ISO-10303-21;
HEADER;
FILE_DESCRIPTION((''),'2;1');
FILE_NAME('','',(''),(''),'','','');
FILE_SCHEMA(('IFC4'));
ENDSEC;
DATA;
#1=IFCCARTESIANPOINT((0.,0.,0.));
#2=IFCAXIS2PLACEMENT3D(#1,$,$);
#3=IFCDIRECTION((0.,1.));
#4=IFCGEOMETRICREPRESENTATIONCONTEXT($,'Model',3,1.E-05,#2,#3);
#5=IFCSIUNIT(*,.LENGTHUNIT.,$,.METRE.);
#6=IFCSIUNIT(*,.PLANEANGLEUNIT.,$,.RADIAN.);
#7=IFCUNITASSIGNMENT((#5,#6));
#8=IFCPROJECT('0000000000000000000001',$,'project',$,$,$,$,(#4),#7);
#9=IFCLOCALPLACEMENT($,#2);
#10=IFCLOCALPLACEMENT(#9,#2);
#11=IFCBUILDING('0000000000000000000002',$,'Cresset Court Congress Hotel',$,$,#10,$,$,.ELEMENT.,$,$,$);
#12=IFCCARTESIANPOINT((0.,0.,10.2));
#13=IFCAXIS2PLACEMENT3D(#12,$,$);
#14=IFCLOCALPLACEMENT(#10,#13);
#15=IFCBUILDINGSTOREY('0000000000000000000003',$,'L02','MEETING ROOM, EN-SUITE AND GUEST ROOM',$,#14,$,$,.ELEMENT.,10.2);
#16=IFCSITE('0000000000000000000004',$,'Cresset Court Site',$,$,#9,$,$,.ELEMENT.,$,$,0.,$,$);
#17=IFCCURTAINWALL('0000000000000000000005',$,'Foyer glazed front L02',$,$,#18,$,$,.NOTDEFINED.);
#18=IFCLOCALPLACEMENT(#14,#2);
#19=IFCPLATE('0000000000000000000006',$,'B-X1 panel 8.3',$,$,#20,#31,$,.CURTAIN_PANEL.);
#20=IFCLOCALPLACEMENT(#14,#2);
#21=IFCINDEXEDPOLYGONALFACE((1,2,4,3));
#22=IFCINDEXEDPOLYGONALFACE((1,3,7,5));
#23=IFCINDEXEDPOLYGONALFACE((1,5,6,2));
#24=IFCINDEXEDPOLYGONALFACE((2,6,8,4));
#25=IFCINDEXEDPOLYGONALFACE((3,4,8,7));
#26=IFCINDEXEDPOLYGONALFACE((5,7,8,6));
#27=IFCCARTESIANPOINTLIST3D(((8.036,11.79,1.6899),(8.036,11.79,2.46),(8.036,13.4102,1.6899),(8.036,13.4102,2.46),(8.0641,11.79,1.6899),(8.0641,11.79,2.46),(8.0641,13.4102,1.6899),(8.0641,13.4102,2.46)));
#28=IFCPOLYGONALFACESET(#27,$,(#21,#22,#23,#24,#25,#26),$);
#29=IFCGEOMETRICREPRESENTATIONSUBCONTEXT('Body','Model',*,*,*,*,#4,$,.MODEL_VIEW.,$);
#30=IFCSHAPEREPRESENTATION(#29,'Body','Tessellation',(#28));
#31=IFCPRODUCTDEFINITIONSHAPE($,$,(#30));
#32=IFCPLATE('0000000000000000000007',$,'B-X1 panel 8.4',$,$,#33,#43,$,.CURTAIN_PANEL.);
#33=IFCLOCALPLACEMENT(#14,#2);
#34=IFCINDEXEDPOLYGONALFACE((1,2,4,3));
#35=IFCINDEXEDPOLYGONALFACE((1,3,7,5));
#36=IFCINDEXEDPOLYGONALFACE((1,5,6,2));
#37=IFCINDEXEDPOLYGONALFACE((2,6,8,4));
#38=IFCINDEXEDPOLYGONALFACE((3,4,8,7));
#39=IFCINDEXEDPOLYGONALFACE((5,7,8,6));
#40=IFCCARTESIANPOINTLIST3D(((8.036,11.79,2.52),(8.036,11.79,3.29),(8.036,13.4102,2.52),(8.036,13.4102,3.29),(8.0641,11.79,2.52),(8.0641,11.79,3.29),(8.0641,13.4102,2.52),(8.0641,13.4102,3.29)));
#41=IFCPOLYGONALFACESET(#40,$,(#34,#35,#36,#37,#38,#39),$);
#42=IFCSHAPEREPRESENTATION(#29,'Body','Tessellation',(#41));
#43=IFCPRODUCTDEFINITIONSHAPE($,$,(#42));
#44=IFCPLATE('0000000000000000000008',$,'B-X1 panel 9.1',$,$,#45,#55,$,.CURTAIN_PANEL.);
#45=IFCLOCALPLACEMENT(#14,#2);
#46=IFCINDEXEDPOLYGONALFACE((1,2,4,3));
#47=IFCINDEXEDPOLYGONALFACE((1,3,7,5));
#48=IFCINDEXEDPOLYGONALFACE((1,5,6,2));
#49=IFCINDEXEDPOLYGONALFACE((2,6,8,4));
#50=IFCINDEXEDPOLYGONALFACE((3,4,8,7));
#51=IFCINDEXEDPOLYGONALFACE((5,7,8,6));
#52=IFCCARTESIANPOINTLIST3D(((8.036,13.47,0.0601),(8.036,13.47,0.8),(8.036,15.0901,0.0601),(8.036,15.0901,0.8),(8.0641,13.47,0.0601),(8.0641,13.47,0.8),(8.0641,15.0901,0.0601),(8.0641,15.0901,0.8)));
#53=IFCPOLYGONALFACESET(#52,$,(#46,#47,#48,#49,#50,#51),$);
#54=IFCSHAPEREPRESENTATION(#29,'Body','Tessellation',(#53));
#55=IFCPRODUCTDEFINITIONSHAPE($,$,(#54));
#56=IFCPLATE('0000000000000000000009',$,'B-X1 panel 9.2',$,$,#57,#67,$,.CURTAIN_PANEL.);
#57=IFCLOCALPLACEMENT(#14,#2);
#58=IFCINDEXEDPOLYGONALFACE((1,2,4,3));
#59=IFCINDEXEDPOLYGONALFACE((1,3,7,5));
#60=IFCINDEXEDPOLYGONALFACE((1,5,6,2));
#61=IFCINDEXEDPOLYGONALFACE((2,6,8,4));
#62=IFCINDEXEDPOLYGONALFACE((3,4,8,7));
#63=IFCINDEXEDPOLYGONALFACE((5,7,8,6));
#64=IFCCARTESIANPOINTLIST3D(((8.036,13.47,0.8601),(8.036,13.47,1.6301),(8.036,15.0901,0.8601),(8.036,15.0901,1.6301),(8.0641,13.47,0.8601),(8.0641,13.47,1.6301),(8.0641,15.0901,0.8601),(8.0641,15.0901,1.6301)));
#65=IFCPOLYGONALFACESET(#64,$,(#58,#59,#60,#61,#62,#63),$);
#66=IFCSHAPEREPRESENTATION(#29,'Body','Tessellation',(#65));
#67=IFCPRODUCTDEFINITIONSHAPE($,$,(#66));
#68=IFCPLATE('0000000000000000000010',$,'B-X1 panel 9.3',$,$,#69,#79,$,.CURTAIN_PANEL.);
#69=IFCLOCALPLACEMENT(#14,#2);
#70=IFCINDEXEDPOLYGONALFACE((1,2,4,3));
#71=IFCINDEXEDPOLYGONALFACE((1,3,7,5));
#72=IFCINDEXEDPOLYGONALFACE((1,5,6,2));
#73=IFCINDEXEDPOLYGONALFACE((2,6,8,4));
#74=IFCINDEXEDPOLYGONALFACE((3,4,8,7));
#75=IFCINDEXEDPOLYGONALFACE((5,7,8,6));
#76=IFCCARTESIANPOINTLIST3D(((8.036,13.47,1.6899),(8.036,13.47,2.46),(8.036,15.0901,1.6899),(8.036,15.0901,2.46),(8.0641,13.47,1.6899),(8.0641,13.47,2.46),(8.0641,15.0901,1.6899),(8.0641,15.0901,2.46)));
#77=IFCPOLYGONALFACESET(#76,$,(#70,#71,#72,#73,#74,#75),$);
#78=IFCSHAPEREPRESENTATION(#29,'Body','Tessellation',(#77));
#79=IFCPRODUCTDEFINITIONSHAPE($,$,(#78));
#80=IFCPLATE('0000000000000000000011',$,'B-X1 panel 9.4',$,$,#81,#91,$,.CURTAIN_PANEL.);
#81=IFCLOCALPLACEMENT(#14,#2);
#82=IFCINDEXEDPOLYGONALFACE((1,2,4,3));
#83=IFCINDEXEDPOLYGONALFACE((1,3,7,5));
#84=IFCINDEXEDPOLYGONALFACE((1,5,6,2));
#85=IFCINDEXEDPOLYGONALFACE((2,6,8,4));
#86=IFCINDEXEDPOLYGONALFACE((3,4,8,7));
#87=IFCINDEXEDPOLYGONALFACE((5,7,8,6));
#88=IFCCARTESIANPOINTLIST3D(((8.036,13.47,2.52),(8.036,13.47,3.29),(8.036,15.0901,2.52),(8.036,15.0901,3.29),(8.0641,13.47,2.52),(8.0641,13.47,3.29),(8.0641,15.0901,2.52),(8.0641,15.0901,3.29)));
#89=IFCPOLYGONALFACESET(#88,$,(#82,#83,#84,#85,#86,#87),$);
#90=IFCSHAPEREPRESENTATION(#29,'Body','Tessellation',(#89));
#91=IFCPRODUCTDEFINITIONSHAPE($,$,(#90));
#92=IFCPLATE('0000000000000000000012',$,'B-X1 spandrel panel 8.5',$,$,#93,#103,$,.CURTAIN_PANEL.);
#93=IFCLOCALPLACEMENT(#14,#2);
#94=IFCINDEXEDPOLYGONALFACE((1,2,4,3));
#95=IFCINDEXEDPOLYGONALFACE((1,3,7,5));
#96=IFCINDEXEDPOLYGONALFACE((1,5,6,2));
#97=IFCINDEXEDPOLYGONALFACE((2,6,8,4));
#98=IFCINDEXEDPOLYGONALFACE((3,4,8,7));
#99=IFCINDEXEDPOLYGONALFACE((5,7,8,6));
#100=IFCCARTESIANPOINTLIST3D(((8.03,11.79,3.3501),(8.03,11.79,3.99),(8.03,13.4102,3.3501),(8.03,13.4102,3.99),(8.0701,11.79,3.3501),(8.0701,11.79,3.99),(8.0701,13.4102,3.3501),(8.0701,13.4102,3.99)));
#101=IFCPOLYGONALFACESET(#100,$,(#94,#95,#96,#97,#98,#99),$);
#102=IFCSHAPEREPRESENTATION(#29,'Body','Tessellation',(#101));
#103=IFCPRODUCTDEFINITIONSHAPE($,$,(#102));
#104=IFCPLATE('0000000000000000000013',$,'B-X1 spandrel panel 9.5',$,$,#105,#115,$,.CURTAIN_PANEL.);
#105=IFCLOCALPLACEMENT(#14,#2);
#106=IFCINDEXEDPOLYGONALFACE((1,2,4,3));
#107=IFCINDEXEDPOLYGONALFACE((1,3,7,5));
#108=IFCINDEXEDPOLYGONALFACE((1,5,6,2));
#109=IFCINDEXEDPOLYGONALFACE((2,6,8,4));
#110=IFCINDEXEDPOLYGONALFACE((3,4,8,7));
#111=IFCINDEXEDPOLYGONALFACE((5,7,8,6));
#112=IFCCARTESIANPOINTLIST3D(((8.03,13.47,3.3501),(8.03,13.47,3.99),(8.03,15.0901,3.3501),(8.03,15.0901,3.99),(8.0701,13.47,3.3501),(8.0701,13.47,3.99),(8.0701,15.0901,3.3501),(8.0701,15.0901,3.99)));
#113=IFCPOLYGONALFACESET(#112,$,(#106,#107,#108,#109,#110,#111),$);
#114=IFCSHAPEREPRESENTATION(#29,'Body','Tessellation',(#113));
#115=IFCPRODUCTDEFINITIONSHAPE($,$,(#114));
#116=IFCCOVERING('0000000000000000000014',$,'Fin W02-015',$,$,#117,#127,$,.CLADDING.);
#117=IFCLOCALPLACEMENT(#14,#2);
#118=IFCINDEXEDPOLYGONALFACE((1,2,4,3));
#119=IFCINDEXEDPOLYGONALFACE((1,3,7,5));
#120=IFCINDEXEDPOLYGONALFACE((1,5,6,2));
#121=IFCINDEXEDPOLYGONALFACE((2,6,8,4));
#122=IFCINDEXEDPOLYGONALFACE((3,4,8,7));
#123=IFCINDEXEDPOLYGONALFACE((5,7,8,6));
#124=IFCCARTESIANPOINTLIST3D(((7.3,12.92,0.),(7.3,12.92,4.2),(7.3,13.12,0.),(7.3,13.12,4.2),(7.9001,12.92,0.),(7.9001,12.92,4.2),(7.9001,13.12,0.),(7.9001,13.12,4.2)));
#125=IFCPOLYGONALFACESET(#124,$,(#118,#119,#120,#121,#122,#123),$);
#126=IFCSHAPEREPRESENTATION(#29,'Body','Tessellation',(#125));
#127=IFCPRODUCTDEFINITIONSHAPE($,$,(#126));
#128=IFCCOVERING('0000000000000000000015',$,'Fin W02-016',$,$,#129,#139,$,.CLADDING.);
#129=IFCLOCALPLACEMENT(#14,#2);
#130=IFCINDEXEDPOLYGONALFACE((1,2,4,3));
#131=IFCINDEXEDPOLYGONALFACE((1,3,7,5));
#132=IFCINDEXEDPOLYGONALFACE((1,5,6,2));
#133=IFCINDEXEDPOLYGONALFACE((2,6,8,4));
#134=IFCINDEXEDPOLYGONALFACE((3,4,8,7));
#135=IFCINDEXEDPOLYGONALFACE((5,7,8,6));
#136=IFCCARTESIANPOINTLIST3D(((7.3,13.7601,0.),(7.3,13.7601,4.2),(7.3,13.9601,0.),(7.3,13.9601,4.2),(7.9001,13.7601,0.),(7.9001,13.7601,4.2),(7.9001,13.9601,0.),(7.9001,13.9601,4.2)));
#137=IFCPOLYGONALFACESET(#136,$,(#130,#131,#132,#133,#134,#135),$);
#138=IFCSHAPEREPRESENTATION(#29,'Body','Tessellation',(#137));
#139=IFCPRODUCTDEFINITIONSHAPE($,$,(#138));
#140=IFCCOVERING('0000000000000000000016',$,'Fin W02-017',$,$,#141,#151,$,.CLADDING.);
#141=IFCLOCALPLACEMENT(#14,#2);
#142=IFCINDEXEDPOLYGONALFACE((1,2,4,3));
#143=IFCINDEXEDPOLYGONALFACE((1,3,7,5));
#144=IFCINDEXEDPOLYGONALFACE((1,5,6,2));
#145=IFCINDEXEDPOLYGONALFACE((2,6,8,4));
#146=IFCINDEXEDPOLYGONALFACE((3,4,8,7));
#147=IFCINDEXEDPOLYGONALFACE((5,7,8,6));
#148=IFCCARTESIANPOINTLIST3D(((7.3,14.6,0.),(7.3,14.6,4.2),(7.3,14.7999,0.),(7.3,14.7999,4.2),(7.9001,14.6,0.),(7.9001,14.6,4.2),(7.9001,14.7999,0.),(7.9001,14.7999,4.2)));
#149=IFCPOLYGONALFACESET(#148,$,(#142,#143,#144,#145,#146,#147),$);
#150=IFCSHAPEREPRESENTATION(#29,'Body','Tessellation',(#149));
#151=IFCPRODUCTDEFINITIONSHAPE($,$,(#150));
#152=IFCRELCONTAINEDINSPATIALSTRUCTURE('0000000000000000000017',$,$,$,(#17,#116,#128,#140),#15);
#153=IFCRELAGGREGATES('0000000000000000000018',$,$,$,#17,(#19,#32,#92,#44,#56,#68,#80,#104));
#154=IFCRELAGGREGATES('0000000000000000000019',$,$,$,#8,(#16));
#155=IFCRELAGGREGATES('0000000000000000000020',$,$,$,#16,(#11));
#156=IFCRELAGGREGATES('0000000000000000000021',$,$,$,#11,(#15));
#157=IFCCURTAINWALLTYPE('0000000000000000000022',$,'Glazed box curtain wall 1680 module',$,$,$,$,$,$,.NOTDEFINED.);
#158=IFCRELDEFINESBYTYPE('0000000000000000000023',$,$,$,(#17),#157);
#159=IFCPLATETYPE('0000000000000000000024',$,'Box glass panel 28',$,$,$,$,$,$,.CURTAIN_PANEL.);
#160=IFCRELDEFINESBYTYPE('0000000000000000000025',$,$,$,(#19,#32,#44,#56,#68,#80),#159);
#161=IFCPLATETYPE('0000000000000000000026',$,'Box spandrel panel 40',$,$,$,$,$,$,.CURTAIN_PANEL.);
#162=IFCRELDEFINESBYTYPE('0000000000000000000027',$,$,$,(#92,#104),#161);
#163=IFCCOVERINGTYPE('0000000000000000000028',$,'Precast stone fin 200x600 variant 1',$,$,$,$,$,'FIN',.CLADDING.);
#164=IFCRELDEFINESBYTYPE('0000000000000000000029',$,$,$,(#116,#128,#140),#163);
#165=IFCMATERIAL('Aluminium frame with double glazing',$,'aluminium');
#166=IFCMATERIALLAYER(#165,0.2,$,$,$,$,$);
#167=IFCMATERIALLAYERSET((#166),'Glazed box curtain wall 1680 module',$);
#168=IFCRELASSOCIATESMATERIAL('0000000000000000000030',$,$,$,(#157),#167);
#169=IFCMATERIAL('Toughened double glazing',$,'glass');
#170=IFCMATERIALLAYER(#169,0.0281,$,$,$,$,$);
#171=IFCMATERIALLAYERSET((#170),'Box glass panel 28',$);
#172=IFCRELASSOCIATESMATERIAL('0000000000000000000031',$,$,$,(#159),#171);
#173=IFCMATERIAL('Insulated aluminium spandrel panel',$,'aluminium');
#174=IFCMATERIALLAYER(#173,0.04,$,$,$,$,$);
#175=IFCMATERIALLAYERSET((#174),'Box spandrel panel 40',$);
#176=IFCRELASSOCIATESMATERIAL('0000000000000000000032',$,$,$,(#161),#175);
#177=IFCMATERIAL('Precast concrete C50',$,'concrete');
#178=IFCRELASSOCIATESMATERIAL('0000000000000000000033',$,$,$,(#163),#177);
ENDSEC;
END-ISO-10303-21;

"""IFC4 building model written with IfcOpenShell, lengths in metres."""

from ifc_helpers import new_model, si_unit, direction, frame, origin, origin_2d, place, context, subcontext, project, spatial, rectangle, extrude, material, layer, layer_set, type_object, element, aggregate, save


model = new_model("IFC4")

# Units and contexts
model_context = context("Model", 3, precision=1e-05, world=origin(), true_north=direction((0.0, 1.0)))
body_context = subcontext(model_context, "Body", "Model", "MODEL_VIEW")
ifc_project = project(units=[si_unit("LENGTHUNIT", "METRE"), si_unit("PLANEANGLEUNIT", "RADIAN")], contexts=[model_context])

# Site, building, storey
site_placement = place(None, origin())
site = spatial("IfcSite", under=ifc_project, at=site_placement, Name="Cresset Court Site", CompositionType="ELEMENT", RefElevation=0.0)
building_placement = place(site_placement, origin())
building = spatial("IfcBuilding", under=site, at=building_placement, Name="Cresset Court Congress Hotel", CompositionType="ELEMENT")
storey_placement = place(building_placement, frame((0.0, 0.0, 10.2)))
storey = spatial("IfcBuildingStorey", under=building, at=storey_placement, Name="L02", Description="MEETING ROOM, EN-SUITE AND GUEST ROOM", CompositionType="ELEMENT", Elevation=10.2)

# Curtain wall, plates
ifc_material_1 = material(Name="Aluminium frame with double glazing", Category="aluminium")
ifc_layer_1 = layer(ifc_material_1, 0.2)
ifc_layer_set_1 = layer_set([ifc_layer_1], Name="Glazed box curtain wall 1680 module")
curtain_wall_type = type_object("IfcCurtainWallType", Name="Glazed box curtain wall 1680 module", PredefinedType="NOTDEFINED", material=ifc_layer_set_1)
curtain_wall_placement = place(storey_placement, origin())
curtain_wall = element("IfcCurtainWall", 1, at=curtain_wall_placement, inside=storey, type_object=curtain_wall_type, Name="Foyer glazed front L02", PredefinedType="NOTDEFINED")
ifc_material_2 = material(Name="Toughened double glazing", Category="glass")
ifc_layer_2 = layer(ifc_material_2, 0.0281)
ifc_layer_set_2 = layer_set([ifc_layer_2], Name="Box glass panel 28")
plate_type_1 = type_object("IfcPlateType", Name="Box glass panel 28", PredefinedType="CURTAIN_PANEL", material=ifc_layer_set_2)
plate_1_placement = place(storey_placement, frame((8.05, 12.6001, 1.6899), z_axis=(0.0, 0.0, 1.0), x_axis=(0.0, 1.0, 0.0)))
plate_1 = element("IfcPlate", 2, at=plate_1_placement, type_object=plate_type_1, Name="B-X1 panel 8.3", PredefinedType="CURTAIN_PANEL", context=body_context, shape_type="SweptSolid", body=[
    extrude(rectangle(XDim=1.6201, YDim=0.0281, at=origin_2d()), origin(), (0.0, 0.0, 1.0), 0.77),
])
plate_2_placement = place(storey_placement, frame((8.05, 12.6001, 2.52), z_axis=(0.0, 0.0, 1.0), x_axis=(0.0, 1.0, 0.0)))
plate_2 = element("IfcPlate", 3, at=plate_2_placement, type_object=plate_type_1, Name="B-X1 panel 8.4", PredefinedType="CURTAIN_PANEL", context=body_context, shape_type="SweptSolid", body=[
    extrude(rectangle(XDim=1.6201, YDim=0.0281, at=origin_2d()), origin(), (0.0, 0.0, 1.0), 0.77),
])
plate_3_placement = place(storey_placement, frame((8.05, 14.28, 0.0601), z_axis=(0.0, 0.0, 1.0), x_axis=(0.0, 1.0, 0.0)))
plate_3 = element("IfcPlate", 4, at=plate_3_placement, type_object=plate_type_1, Name="B-X1 panel 9.1", PredefinedType="CURTAIN_PANEL", context=body_context, shape_type="SweptSolid", body=[
    extrude(rectangle(XDim=1.6201, YDim=0.0281, at=origin_2d()), origin(), (0.0, 0.0, 1.0), 0.74),
])
plate_4_placement = place(storey_placement, frame((8.05, 14.28, 0.8601), z_axis=(0.0, 0.0, 1.0), x_axis=(0.0, 1.0, 0.0)))
plate_4 = element("IfcPlate", 5, at=plate_4_placement, type_object=plate_type_1, Name="B-X1 panel 9.2", PredefinedType="CURTAIN_PANEL", context=body_context, shape_type="SweptSolid", body=[
    extrude(rectangle(XDim=1.6201, YDim=0.0281, at=origin_2d()), origin(), (0.0, 0.0, 1.0), 0.77),
])
plate_5_placement = place(storey_placement, frame((8.05, 14.28, 1.6899), z_axis=(0.0, 0.0, 1.0), x_axis=(0.0, 1.0, 0.0)))
plate_5 = element("IfcPlate", 6, at=plate_5_placement, type_object=plate_type_1, Name="B-X1 panel 9.3", PredefinedType="CURTAIN_PANEL", context=body_context, shape_type="SweptSolid", body=[
    extrude(rectangle(XDim=1.6201, YDim=0.0281, at=origin_2d()), origin(), (0.0, 0.0, 1.0), 0.77),
])
plate_6_placement = place(storey_placement, frame((8.05, 14.28, 2.52), z_axis=(0.0, 0.0, 1.0), x_axis=(0.0, 1.0, 0.0)))
plate_6 = element("IfcPlate", 7, at=plate_6_placement, type_object=plate_type_1, Name="B-X1 panel 9.4", PredefinedType="CURTAIN_PANEL", context=body_context, shape_type="SweptSolid", body=[
    extrude(rectangle(XDim=1.6201, YDim=0.0281, at=origin_2d()), origin(), (0.0, 0.0, 1.0), 0.77),
])
ifc_material_3 = material(Name="Insulated aluminium spandrel panel", Category="aluminium")
ifc_layer_3 = layer(ifc_material_3, 0.04)
ifc_layer_set_3 = layer_set([ifc_layer_3], Name="Box spandrel panel 40")
plate_type_2 = type_object("IfcPlateType", Name="Box spandrel panel 40", PredefinedType="CURTAIN_PANEL", material=ifc_layer_set_3)
plate_7_placement = place(storey_placement, frame((8.05, 12.6001, 3.3501), z_axis=(0.0, 0.0, 1.0), x_axis=(0.0, 1.0, 0.0)))
plate_7 = element("IfcPlate", 8, at=plate_7_placement, type_object=plate_type_2, Name="B-X1 spandrel panel 8.5", PredefinedType="CURTAIN_PANEL", context=body_context, shape_type="SweptSolid", body=[
    extrude(rectangle(XDim=1.6201, YDim=0.04, at=origin_2d()), origin(), (0.0, 0.0, 1.0), 0.6399),
])
plate_8_placement = place(storey_placement, frame((8.05, 14.28, 3.3501), z_axis=(0.0, 0.0, 1.0), x_axis=(0.0, 1.0, 0.0)))
plate_8 = element("IfcPlate", 9, at=plate_8_placement, type_object=plate_type_2, Name="B-X1 spandrel panel 9.5", PredefinedType="CURTAIN_PANEL", context=body_context, shape_type="SweptSolid", body=[
    extrude(rectangle(XDim=1.6201, YDim=0.04, at=origin_2d()), origin(), (0.0, 0.0, 1.0), 0.6399),
])
aggregate(curtain_wall, [plate_1, plate_2, plate_7, plate_3, plate_4, plate_5, plate_6, plate_8])

# Coverings
ifc_material_4 = material(Name="Precast concrete C50", Category="concrete")
covering_type = type_object("IfcCoveringType", Name="Precast stone fin 200x600 variant 1", ElementType="FIN", PredefinedType="CLADDING", material=ifc_material_4)
for number, where, z_axis, x_axis, name in (
    (10, (7.6001, 13.02, 0.0), (0.0, 0.0, 1.0), (1.0, 0.0, 0.0), "Fin W02-015"),
    (11, (7.6001, 13.8601, 0.0), (0.0, 0.0, 1.0), (1.0, 0.0, 0.0), "Fin W02-016"),
    (12, (7.6001, 14.7, 0.0), (0.0, 0.0, 1.0), (1.0, 0.0, 0.0), "Fin W02-017"),
):
    element("IfcCovering", number, at=place(storey_placement, frame(where, z_axis=z_axis, x_axis=x_axis)), inside=storey, type_object=covering_type, Name=name, PredefinedType="CLADDING", context=body_context, shape_type="SweptSolid", body=[
        extrude(rectangle(XDim=0.6001, YDim=0.2, at=origin_2d()), origin(), (0.0, 0.0, 1.0), 4.2),
    ])

save(model, "model.ifc")
